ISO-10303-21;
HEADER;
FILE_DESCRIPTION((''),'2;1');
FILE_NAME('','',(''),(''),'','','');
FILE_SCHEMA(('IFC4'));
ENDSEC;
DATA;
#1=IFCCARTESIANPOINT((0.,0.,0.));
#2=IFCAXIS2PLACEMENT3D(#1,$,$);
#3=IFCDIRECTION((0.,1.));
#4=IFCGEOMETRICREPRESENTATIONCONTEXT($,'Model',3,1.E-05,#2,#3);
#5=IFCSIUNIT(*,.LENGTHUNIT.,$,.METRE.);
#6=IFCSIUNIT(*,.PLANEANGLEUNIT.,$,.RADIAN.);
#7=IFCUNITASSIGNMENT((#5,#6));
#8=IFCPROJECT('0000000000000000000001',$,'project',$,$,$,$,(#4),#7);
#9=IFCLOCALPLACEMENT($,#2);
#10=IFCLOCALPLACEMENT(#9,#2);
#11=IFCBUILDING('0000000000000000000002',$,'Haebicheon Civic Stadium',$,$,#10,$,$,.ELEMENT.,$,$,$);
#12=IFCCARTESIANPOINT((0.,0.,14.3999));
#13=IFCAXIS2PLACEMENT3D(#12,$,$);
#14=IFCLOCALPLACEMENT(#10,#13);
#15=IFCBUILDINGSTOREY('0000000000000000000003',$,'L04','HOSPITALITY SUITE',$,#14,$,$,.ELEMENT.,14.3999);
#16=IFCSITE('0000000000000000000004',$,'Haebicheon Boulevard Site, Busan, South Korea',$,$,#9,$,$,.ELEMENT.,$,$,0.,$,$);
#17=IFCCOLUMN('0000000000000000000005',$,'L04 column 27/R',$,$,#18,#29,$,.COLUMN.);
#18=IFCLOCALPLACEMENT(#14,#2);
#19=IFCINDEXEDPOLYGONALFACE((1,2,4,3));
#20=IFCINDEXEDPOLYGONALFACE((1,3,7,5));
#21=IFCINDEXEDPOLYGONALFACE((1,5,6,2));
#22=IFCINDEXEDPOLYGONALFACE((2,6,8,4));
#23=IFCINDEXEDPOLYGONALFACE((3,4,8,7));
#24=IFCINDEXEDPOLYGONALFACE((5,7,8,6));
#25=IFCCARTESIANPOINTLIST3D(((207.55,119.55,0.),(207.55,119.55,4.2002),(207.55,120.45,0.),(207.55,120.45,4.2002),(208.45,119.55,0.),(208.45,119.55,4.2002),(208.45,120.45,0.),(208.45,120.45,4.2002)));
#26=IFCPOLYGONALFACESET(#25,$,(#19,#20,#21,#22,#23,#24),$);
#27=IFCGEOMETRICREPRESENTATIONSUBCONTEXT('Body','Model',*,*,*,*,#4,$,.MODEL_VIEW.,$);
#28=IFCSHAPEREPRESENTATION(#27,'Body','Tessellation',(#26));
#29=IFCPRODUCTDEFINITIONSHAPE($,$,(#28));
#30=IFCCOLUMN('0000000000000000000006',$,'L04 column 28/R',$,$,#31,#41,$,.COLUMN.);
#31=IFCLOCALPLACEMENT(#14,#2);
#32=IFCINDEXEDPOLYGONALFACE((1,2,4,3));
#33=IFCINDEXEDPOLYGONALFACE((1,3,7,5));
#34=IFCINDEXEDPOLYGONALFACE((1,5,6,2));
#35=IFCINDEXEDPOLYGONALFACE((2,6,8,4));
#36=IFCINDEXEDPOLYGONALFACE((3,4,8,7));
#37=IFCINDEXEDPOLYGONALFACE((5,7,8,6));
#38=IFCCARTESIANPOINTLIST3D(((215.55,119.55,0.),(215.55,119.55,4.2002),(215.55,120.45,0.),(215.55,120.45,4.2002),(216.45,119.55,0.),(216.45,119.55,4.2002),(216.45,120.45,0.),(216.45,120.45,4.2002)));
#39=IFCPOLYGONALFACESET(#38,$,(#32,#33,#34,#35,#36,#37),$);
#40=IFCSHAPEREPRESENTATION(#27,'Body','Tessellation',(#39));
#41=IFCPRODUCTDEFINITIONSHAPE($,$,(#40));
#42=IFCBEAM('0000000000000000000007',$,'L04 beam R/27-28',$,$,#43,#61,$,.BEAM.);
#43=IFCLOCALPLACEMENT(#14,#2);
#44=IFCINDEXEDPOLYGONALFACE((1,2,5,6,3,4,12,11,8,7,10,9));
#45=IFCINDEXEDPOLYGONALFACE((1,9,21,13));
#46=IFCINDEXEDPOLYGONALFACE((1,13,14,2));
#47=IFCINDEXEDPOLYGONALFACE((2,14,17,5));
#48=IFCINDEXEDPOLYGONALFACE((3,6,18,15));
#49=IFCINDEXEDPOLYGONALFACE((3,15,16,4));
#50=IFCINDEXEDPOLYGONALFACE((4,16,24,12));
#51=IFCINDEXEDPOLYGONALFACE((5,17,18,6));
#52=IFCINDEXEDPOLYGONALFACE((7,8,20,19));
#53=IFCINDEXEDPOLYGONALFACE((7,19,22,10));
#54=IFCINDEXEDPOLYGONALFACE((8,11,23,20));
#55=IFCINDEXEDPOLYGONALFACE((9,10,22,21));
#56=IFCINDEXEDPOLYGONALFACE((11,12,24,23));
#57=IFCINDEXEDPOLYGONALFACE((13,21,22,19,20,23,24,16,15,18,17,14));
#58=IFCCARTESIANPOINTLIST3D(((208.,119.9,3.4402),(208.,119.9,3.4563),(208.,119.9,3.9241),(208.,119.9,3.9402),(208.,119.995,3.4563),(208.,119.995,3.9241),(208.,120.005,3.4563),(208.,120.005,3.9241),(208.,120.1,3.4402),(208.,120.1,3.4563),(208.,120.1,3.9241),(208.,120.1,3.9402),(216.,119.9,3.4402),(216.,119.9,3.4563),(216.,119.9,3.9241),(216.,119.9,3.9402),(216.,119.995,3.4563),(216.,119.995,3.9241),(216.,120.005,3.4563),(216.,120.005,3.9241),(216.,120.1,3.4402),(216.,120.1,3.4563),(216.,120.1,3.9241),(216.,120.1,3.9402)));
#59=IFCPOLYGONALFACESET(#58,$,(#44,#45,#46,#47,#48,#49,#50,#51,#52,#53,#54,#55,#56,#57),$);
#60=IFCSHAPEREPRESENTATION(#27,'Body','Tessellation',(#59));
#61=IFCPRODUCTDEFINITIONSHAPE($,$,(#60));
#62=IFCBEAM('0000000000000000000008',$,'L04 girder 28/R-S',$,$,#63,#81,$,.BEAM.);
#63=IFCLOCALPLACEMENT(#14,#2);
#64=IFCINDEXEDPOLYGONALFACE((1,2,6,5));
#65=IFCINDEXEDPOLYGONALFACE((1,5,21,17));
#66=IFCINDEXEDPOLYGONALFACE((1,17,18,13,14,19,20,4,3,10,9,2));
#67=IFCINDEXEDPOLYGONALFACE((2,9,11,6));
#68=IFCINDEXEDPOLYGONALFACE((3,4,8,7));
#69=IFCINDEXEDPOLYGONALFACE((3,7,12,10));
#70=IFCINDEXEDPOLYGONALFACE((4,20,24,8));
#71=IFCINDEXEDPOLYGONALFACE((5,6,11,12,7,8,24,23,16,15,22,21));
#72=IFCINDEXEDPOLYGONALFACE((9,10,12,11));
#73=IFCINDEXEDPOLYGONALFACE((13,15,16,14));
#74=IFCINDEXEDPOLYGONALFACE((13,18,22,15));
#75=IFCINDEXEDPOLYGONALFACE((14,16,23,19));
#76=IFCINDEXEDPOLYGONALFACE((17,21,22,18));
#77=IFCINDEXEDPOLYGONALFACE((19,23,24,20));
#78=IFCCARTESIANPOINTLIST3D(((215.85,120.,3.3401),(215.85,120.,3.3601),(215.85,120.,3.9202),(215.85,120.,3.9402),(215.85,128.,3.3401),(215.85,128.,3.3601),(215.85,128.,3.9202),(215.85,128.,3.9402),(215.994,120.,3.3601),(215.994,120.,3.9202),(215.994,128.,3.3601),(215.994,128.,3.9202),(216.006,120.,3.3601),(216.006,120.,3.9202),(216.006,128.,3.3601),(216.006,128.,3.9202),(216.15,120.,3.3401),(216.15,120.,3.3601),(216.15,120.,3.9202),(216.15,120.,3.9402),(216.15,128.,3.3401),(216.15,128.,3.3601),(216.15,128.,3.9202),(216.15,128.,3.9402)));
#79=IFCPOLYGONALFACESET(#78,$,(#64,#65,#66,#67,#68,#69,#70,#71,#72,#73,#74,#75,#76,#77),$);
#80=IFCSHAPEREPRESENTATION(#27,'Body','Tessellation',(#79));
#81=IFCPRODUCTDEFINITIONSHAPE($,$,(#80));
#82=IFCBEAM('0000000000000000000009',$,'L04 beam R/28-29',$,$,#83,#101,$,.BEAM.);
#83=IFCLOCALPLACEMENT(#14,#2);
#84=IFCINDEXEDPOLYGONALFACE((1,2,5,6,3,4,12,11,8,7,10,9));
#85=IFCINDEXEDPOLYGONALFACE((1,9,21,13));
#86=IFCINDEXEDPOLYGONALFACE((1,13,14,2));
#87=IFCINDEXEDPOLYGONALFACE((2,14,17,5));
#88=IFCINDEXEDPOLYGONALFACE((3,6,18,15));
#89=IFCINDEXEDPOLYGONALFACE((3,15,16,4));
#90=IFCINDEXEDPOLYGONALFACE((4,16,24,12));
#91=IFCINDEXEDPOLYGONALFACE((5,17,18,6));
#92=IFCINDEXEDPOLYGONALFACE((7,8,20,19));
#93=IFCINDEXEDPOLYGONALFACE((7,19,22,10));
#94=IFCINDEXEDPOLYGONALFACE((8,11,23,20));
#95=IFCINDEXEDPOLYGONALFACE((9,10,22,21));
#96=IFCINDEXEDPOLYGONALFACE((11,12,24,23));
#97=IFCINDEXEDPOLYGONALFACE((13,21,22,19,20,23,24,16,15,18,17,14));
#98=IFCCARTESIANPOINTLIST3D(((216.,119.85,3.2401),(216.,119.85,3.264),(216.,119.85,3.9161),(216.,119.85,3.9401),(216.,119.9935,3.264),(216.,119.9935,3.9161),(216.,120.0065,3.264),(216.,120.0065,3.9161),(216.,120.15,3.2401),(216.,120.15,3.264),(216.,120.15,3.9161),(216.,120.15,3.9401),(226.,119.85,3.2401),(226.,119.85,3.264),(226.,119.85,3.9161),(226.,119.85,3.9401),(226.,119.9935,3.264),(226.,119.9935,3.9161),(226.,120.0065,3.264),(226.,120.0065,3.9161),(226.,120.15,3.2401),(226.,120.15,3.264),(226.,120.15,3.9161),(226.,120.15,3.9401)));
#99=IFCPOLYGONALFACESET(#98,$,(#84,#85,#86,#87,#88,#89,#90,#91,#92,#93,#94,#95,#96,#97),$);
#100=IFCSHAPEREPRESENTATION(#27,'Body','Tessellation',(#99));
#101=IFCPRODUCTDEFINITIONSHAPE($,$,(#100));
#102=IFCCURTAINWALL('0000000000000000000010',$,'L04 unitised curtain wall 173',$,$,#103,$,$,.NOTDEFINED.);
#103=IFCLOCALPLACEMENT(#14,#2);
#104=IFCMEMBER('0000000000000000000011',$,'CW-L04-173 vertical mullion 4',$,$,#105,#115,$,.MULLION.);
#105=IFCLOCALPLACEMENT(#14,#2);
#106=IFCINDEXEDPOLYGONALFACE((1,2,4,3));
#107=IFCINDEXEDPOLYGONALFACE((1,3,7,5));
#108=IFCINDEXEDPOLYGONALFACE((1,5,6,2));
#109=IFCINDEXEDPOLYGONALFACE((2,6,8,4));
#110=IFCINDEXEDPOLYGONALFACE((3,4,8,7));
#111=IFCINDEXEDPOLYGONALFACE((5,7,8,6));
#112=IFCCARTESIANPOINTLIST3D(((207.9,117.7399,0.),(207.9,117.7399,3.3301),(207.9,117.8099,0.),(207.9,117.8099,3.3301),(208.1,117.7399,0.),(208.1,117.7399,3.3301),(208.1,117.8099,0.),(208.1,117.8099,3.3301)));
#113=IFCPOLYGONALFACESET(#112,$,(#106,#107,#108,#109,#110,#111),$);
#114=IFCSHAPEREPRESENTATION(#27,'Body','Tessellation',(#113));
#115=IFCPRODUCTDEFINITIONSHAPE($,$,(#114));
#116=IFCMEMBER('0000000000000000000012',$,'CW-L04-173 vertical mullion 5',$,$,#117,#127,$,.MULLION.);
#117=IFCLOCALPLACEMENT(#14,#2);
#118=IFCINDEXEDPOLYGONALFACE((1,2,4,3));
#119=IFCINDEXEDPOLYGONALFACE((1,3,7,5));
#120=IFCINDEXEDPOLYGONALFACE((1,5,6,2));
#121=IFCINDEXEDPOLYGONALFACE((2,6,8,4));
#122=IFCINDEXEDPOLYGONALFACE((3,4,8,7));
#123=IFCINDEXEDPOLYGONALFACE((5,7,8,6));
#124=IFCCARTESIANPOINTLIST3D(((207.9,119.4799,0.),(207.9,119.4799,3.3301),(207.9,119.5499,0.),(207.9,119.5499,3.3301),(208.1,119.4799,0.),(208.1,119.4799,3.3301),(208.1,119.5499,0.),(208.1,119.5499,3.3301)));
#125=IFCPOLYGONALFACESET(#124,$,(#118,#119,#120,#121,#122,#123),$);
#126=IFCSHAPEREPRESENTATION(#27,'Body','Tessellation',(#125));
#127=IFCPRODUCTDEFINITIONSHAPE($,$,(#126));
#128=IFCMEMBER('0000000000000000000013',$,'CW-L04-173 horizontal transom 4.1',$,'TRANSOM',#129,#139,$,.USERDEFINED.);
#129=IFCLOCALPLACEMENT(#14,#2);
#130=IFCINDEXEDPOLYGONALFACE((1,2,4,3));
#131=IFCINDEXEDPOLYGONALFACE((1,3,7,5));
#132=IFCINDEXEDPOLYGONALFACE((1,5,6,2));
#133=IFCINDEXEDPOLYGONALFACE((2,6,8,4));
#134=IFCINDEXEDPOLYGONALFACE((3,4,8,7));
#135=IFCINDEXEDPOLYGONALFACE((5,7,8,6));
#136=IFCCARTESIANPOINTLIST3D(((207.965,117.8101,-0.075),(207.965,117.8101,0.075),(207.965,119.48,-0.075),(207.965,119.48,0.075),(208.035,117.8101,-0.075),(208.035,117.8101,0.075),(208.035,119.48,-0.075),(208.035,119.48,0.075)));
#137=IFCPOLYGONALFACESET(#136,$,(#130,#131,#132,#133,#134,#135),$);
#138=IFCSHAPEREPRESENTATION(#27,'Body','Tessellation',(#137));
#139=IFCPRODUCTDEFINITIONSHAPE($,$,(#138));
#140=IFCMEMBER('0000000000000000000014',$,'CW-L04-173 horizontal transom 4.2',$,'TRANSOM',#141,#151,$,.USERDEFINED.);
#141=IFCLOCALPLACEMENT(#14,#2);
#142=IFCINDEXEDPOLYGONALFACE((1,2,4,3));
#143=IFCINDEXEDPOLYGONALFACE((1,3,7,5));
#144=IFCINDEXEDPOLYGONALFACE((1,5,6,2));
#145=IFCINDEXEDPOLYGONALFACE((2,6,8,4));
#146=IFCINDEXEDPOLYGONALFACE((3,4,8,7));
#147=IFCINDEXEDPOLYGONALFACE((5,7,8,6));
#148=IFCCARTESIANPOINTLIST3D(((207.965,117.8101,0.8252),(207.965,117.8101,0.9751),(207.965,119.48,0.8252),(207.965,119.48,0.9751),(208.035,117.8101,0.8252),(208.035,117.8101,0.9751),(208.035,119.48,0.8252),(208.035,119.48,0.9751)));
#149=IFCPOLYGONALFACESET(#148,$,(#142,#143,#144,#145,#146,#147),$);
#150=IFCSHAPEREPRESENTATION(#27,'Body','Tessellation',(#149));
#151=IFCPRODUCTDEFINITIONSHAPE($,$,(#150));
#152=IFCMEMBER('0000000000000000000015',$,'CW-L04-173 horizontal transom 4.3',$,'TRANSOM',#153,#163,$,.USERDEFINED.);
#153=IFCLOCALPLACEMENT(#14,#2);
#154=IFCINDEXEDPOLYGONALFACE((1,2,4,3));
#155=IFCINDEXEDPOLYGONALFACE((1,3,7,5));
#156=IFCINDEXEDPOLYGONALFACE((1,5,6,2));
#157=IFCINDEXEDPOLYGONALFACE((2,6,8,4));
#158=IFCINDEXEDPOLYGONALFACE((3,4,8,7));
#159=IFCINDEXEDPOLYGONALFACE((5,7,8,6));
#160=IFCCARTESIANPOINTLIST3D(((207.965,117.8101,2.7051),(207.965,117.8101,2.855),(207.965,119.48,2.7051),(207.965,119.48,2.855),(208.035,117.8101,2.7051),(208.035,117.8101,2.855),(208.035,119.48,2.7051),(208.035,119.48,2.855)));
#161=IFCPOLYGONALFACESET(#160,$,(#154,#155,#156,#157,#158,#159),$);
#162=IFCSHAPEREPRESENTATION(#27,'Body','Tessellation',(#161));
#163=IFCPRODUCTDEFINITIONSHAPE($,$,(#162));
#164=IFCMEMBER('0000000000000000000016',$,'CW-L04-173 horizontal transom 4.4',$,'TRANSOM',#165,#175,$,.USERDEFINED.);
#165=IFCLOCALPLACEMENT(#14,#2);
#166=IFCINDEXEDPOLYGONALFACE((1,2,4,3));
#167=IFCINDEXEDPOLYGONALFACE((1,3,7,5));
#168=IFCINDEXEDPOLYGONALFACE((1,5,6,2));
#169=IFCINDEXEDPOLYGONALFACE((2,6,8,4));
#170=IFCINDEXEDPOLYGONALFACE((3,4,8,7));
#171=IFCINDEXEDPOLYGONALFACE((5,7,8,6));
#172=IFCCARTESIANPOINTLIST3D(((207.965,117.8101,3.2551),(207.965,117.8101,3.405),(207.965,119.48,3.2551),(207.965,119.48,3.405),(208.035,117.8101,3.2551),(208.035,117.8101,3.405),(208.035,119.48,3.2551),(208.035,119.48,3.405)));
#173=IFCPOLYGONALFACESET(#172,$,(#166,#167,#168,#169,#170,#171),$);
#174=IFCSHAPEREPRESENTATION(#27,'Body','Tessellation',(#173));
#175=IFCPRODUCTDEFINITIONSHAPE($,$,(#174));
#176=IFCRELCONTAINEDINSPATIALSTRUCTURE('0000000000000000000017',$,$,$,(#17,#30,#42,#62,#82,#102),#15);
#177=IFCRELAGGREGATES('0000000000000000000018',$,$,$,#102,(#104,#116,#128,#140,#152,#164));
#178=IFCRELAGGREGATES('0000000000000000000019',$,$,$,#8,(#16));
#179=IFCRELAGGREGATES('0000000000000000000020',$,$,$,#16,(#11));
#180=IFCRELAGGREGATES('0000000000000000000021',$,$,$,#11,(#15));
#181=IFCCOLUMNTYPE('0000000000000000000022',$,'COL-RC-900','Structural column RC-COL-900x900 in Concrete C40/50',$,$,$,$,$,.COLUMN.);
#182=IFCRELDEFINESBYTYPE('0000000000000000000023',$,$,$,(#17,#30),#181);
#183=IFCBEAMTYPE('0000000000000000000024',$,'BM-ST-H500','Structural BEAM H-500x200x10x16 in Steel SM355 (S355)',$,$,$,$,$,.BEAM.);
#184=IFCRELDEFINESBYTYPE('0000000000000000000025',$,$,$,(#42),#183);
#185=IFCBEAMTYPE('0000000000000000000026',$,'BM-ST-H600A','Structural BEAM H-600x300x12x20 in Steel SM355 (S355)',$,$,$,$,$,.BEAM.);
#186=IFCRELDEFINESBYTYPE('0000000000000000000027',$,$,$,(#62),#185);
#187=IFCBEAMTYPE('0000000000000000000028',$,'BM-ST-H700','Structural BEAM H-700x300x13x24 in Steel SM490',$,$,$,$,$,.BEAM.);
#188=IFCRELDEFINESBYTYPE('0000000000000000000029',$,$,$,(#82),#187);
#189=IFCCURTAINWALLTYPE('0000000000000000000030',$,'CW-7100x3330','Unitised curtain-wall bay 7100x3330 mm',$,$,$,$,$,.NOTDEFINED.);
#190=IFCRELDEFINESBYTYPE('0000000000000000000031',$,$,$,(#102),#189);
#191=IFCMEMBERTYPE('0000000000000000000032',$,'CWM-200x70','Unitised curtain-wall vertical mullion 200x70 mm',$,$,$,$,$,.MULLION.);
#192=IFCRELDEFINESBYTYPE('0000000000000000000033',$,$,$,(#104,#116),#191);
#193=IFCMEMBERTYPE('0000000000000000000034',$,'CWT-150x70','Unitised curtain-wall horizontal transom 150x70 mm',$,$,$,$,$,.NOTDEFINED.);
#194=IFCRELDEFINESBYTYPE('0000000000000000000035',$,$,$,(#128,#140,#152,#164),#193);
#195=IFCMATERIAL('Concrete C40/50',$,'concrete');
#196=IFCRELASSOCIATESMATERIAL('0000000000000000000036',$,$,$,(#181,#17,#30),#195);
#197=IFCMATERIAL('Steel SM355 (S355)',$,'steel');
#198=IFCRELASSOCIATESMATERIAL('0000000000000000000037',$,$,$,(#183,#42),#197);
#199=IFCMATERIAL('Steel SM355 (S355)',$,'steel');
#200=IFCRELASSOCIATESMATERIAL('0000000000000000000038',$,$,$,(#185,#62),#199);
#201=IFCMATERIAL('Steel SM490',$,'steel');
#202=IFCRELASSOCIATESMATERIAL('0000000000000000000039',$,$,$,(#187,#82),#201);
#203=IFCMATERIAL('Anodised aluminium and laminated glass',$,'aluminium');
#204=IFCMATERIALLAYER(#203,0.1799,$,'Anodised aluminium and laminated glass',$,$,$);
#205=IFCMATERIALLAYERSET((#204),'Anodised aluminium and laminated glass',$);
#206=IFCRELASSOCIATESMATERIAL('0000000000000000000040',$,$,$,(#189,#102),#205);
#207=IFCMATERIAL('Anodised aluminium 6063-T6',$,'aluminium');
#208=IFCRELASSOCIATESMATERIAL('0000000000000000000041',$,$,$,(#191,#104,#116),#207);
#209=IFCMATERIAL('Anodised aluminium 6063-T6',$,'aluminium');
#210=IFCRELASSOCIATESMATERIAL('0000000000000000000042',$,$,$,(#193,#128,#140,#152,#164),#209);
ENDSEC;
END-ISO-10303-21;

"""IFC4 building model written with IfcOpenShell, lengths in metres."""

from ifc_helpers import new_model, si_unit, direction, frame, origin, origin_2d, place, context, subcontext, project, spatial, rectangle, i_section, extrude, material, layer, layer_set, material_profile, profile_set, type_object, element, aggregate, save


model = new_model("IFC4")

# Units and contexts
model_context = context("Model", 3, precision=1e-05, world=origin(), true_north=direction((0.0, 1.0)))
body_context = subcontext(model_context, "Body", "Model", "MODEL_VIEW")
ifc_project = project(units=[si_unit("LENGTHUNIT", "METRE"), si_unit("PLANEANGLEUNIT", "RADIAN")], contexts=[model_context])

# Site, building, storey
site_placement = place(None, origin())
site = spatial("IfcSite", under=ifc_project, at=site_placement, Name="Haebicheon Boulevard Site, Busan, South Korea", CompositionType="ELEMENT", RefElevation=0.0)
building_placement = place(site_placement, origin())
building = spatial("IfcBuilding", under=site, at=building_placement, Name="Haebicheon Civic Stadium", CompositionType="ELEMENT")
storey_placement = place(building_placement, frame((0.0, 0.0, 14.3999)))
storey = spatial("IfcBuildingStorey", under=building, at=storey_placement, Name="L04", Description="HOSPITALITY SUITE", CompositionType="ELEMENT", Elevation=14.3999)

# Columns
ifc_material_1 = material(Name="Concrete C40/50", Category="concrete")
ifc_material_profile_1 = material_profile(ifc_material_1, rectangle(XDim=0.8999, YDim=0.8999, at=origin_2d()), Name="RC-COL-900x900")
ifc_profile_set_1 = profile_set([ifc_material_profile_1], Name="Concrete C40/50")
column_type = type_object("IfcColumnType", Name="COL-RC-900", Description="Structural column RC-COL-900x900 in Concrete C40/50", PredefinedType="COLUMN", material=ifc_profile_set_1)
for number, where, z_axis, x_axis, name in (
    (1, (208.0, 120.0, 0.0), (0.0, 0.0, 1.0), (1.0, 0.0, 0.0), "L04 column 27/R"),
    (2, (216.0, 120.0, 0.0), (0.0, 0.0, 1.0), (1.0, 0.0, 0.0), "L04 column 28/R"),
):
    element("IfcColumn", number, at=place(storey_placement, frame(where, z_axis=z_axis, x_axis=x_axis)), inside=storey, type_object=column_type, material=ifc_profile_set_1, Name=name, PredefinedType="COLUMN", context=body_context, shape_type="SweptSolid", body=[
        extrude(rectangle(XDim=0.8999, YDim=0.8999, at=origin_2d()), origin(), (0.0, 0.0, 1.0), 4.2002),
    ])

# Beams
ifc_material_2 = material(Name="Steel SM355 (S355)", Category="steel")
ifc_material_profile_2 = material_profile(ifc_material_2, i_section(OverallWidth=0.2, OverallDepth=0.5, WebThickness=0.01, FlangeThickness=0.0161, at=origin_2d()), Name="H-500x200x10x16")
ifc_profile_set_2 = profile_set([ifc_material_profile_2], Name="Steel SM355 (S355)")
beam_type_1 = type_object("IfcBeamType", Name="BM-ST-H500", Description="Structural BEAM H-500x200x10x16 in Steel SM355 (S355)", PredefinedType="BEAM", material=ifc_profile_set_2)
beam_1_placement = place(storey_placement, frame((208.0, 120.0, 3.6902), z_axis=(1.0, 0.0, 0.0), x_axis=(0.0, 1.0, 0.0)))
element("IfcBeam", 3, at=beam_1_placement, inside=storey, type_object=beam_type_1, material=ifc_profile_set_2, Name="L04 beam R/27-28", PredefinedType="BEAM", context=body_context, shape_type="SweptSolid", body=[
    extrude(i_section(OverallWidth=0.2, OverallDepth=0.5, WebThickness=0.01, FlangeThickness=0.0161, at=origin_2d()), origin(), (0.0, 0.0, 1.0), 8.0),
])
ifc_material_3 = material(Name="Steel SM355 (S355)", Category="steel")
ifc_material_profile_3 = material_profile(ifc_material_3, i_section(OverallWidth=0.3, OverallDepth=0.6001, WebThickness=0.012, FlangeThickness=0.02, at=origin_2d()), Name="H-600x300x12x20")
ifc_profile_set_3 = profile_set([ifc_material_profile_3], Name="Steel SM355 (S355)")
beam_type_2 = type_object("IfcBeamType", Name="BM-ST-H600A", Description="Structural BEAM H-600x300x12x20 in Steel SM355 (S355)", PredefinedType="BEAM", material=ifc_profile_set_3)
beam_2_placement = place(storey_placement, frame((216.0, 120.0, 3.6401), z_axis=(0.0, 1.0, 0.0), x_axis=(-1.0, 0.0, 0.0)))
element("IfcBeam", 4, at=beam_2_placement, inside=storey, type_object=beam_type_2, material=ifc_profile_set_3, Name="L04 girder 28/R-S", PredefinedType="BEAM", context=body_context, shape_type="SweptSolid", body=[
    extrude(i_section(OverallWidth=0.3, OverallDepth=0.6001, WebThickness=0.012, FlangeThickness=0.02, at=origin_2d()), origin(), (0.0, 0.0, 1.0), 8.0),
])
ifc_material_4 = material(Name="Steel SM490", Category="steel")
ifc_material_profile_4 = material_profile(ifc_material_4, i_section(OverallWidth=0.3, OverallDepth=0.7, WebThickness=0.0129, FlangeThickness=0.0239, at=origin_2d()), Name="H-700x300x13x24")
ifc_profile_set_4 = profile_set([ifc_material_profile_4], Name="Steel SM490")
beam_type_3 = type_object("IfcBeamType", Name="BM-ST-H700", Description="Structural BEAM H-700x300x13x24 in Steel SM490", PredefinedType="BEAM", material=ifc_profile_set_4)
beam_3_placement = place(storey_placement, frame((216.0, 120.0, 3.5901), z_axis=(1.0, 0.0, 0.0), x_axis=(0.0, 1.0, 0.0)))
element("IfcBeam", 5, at=beam_3_placement, inside=storey, type_object=beam_type_3, material=ifc_profile_set_4, Name="L04 beam R/28-29", PredefinedType="BEAM", context=body_context, shape_type="SweptSolid", body=[
    extrude(i_section(OverallWidth=0.3, OverallDepth=0.7, WebThickness=0.0129, FlangeThickness=0.0239, at=origin_2d()), origin(), (0.0, 0.0, 1.0), 10.0),
])

# Curtain wall, members
ifc_material_5 = material(Name="Anodised aluminium and laminated glass", Category="aluminium")
ifc_layer_1 = layer(ifc_material_5, 0.1799, Name="Anodised aluminium and laminated glass")
ifc_layer_set_1 = layer_set([ifc_layer_1], Name="Anodised aluminium and laminated glass")
curtain_wall_type = type_object("IfcCurtainWallType", Name="CW-7100x3330", Description="Unitised curtain-wall bay 7100x3330 mm", PredefinedType="NOTDEFINED", material=ifc_layer_set_1)
curtain_wall_placement = place(storey_placement, origin())
curtain_wall = element("IfcCurtainWall", 6, at=curtain_wall_placement, inside=storey, type_object=curtain_wall_type, material=ifc_layer_set_1, Name="L04 unitised curtain wall 173", PredefinedType="NOTDEFINED")
ifc_material_6 = material(Name="Anodised aluminium 6063-T6", Category="aluminium")
ifc_material_profile_5 = material_profile(ifc_material_6, rectangle(XDim=0.0701, YDim=0.2, at=origin_2d()), Name="ALU-MULL-70x200")
ifc_profile_set_5 = profile_set([ifc_material_profile_5], Name="Anodised aluminium 6063-T6")
member_type_1 = type_object("IfcMemberType", Name="CWM-200x70", Description="Unitised curtain-wall vertical mullion 200x70 mm", PredefinedType="MULLION", material=ifc_profile_set_5)
member_1_placement = place(storey_placement, frame((208.0, 117.7749, 0.0), z_axis=(0.0, 0.0, 1.0), x_axis=(0.0, 1.0, 0.0)))
member_1 = element("IfcMember", 7, at=member_1_placement, type_object=member_type_1, material=ifc_profile_set_5, Name="CW-L04-173 vertical mullion 4", PredefinedType="MULLION", context=body_context, shape_type="SweptSolid", body=[
    extrude(rectangle(XDim=0.0701, YDim=0.2, at=origin_2d()), origin(), (0.0, 0.0, 1.0), 3.3301),
])
member_2_placement = place(storey_placement, frame((208.0, 119.5149, 0.0), z_axis=(0.0, 0.0, 1.0), x_axis=(0.0, 1.0, 0.0)))
member_2 = element("IfcMember", 8, at=member_2_placement, type_object=member_type_1, material=ifc_profile_set_5, Name="CW-L04-173 vertical mullion 5", PredefinedType="MULLION", context=body_context, shape_type="SweptSolid", body=[
    extrude(rectangle(XDim=0.0701, YDim=0.2, at=origin_2d()), origin(), (0.0, 0.0, 1.0), 3.3301),
])
ifc_material_7 = material(Name="Anodised aluminium 6063-T6", Category="aluminium")
ifc_material_profile_6 = material_profile(ifc_material_7, rectangle(XDim=0.0701, YDim=0.1499, at=origin_2d()), Name="ALU-TRAN-70x150")
ifc_profile_set_6 = profile_set([ifc_material_profile_6], Name="Anodised aluminium 6063-T6")
member_type_2 = type_object("IfcMemberType", Name="CWT-150x70", Description="Unitised curtain-wall horizontal transom 150x70 mm", PredefinedType="NOTDEFINED", material=ifc_profile_set_6)
member_3_placement = place(storey_placement, frame((208.0, 117.8101, 0.0), z_axis=(0.0, 1.0, 0.0), x_axis=(-1.0, 0.0, 0.0)))
member_3 = element("IfcMember", 9, at=member_3_placement, type_object=member_type_2, material=ifc_profile_set_6, Name="CW-L04-173 horizontal transom 4.1", ObjectType="TRANSOM", PredefinedType="USERDEFINED", context=body_context, shape_type="SweptSolid", body=[
    extrude(rectangle(XDim=0.0701, YDim=0.1499, at=origin_2d()), origin(), (0.0, 0.0, 1.0), 1.6699),
])
member_4_placement = place(storey_placement, frame((208.0, 117.8101, 0.9001), z_axis=(0.0, 1.0, 0.0), x_axis=(-1.0, 0.0, 0.0)))
member_4 = element("IfcMember", 10, at=member_4_placement, type_object=member_type_2, material=ifc_profile_set_6, Name="CW-L04-173 horizontal transom 4.2", ObjectType="TRANSOM", PredefinedType="USERDEFINED", context=body_context, shape_type="SweptSolid", body=[
    extrude(rectangle(XDim=0.0701, YDim=0.1499, at=origin_2d()), origin(), (0.0, 0.0, 1.0), 1.6699),
])
member_5_placement = place(storey_placement, frame((208.0, 117.8101, 2.78), z_axis=(0.0, 1.0, 0.0), x_axis=(-1.0, 0.0, 0.0)))
member_5 = element("IfcMember", 11, at=member_5_placement, type_object=member_type_2, material=ifc_profile_set_6, Name="CW-L04-173 horizontal transom 4.3", ObjectType="TRANSOM", PredefinedType="USERDEFINED", context=body_context, shape_type="SweptSolid", body=[
    extrude(rectangle(XDim=0.0701, YDim=0.1499, at=origin_2d()), origin(), (0.0, 0.0, 1.0), 1.6699),
])
member_6_placement = place(storey_placement, frame((208.0, 117.8101, 3.3301), z_axis=(0.0, 1.0, 0.0), x_axis=(-1.0, 0.0, 0.0)))
member_6 = element("IfcMember", 12, at=member_6_placement, type_object=member_type_2, material=ifc_profile_set_6, Name="CW-L04-173 horizontal transom 4.4", ObjectType="TRANSOM", PredefinedType="USERDEFINED", context=body_context, shape_type="SweptSolid", body=[
    extrude(rectangle(XDim=0.0701, YDim=0.1499, at=origin_2d()), origin(), (0.0, 0.0, 1.0), 1.6699),
])

aggregate(curtain_wall, [member_1, member_2, member_3, member_4, member_5, member_6])

save(model, "model.ifc")
